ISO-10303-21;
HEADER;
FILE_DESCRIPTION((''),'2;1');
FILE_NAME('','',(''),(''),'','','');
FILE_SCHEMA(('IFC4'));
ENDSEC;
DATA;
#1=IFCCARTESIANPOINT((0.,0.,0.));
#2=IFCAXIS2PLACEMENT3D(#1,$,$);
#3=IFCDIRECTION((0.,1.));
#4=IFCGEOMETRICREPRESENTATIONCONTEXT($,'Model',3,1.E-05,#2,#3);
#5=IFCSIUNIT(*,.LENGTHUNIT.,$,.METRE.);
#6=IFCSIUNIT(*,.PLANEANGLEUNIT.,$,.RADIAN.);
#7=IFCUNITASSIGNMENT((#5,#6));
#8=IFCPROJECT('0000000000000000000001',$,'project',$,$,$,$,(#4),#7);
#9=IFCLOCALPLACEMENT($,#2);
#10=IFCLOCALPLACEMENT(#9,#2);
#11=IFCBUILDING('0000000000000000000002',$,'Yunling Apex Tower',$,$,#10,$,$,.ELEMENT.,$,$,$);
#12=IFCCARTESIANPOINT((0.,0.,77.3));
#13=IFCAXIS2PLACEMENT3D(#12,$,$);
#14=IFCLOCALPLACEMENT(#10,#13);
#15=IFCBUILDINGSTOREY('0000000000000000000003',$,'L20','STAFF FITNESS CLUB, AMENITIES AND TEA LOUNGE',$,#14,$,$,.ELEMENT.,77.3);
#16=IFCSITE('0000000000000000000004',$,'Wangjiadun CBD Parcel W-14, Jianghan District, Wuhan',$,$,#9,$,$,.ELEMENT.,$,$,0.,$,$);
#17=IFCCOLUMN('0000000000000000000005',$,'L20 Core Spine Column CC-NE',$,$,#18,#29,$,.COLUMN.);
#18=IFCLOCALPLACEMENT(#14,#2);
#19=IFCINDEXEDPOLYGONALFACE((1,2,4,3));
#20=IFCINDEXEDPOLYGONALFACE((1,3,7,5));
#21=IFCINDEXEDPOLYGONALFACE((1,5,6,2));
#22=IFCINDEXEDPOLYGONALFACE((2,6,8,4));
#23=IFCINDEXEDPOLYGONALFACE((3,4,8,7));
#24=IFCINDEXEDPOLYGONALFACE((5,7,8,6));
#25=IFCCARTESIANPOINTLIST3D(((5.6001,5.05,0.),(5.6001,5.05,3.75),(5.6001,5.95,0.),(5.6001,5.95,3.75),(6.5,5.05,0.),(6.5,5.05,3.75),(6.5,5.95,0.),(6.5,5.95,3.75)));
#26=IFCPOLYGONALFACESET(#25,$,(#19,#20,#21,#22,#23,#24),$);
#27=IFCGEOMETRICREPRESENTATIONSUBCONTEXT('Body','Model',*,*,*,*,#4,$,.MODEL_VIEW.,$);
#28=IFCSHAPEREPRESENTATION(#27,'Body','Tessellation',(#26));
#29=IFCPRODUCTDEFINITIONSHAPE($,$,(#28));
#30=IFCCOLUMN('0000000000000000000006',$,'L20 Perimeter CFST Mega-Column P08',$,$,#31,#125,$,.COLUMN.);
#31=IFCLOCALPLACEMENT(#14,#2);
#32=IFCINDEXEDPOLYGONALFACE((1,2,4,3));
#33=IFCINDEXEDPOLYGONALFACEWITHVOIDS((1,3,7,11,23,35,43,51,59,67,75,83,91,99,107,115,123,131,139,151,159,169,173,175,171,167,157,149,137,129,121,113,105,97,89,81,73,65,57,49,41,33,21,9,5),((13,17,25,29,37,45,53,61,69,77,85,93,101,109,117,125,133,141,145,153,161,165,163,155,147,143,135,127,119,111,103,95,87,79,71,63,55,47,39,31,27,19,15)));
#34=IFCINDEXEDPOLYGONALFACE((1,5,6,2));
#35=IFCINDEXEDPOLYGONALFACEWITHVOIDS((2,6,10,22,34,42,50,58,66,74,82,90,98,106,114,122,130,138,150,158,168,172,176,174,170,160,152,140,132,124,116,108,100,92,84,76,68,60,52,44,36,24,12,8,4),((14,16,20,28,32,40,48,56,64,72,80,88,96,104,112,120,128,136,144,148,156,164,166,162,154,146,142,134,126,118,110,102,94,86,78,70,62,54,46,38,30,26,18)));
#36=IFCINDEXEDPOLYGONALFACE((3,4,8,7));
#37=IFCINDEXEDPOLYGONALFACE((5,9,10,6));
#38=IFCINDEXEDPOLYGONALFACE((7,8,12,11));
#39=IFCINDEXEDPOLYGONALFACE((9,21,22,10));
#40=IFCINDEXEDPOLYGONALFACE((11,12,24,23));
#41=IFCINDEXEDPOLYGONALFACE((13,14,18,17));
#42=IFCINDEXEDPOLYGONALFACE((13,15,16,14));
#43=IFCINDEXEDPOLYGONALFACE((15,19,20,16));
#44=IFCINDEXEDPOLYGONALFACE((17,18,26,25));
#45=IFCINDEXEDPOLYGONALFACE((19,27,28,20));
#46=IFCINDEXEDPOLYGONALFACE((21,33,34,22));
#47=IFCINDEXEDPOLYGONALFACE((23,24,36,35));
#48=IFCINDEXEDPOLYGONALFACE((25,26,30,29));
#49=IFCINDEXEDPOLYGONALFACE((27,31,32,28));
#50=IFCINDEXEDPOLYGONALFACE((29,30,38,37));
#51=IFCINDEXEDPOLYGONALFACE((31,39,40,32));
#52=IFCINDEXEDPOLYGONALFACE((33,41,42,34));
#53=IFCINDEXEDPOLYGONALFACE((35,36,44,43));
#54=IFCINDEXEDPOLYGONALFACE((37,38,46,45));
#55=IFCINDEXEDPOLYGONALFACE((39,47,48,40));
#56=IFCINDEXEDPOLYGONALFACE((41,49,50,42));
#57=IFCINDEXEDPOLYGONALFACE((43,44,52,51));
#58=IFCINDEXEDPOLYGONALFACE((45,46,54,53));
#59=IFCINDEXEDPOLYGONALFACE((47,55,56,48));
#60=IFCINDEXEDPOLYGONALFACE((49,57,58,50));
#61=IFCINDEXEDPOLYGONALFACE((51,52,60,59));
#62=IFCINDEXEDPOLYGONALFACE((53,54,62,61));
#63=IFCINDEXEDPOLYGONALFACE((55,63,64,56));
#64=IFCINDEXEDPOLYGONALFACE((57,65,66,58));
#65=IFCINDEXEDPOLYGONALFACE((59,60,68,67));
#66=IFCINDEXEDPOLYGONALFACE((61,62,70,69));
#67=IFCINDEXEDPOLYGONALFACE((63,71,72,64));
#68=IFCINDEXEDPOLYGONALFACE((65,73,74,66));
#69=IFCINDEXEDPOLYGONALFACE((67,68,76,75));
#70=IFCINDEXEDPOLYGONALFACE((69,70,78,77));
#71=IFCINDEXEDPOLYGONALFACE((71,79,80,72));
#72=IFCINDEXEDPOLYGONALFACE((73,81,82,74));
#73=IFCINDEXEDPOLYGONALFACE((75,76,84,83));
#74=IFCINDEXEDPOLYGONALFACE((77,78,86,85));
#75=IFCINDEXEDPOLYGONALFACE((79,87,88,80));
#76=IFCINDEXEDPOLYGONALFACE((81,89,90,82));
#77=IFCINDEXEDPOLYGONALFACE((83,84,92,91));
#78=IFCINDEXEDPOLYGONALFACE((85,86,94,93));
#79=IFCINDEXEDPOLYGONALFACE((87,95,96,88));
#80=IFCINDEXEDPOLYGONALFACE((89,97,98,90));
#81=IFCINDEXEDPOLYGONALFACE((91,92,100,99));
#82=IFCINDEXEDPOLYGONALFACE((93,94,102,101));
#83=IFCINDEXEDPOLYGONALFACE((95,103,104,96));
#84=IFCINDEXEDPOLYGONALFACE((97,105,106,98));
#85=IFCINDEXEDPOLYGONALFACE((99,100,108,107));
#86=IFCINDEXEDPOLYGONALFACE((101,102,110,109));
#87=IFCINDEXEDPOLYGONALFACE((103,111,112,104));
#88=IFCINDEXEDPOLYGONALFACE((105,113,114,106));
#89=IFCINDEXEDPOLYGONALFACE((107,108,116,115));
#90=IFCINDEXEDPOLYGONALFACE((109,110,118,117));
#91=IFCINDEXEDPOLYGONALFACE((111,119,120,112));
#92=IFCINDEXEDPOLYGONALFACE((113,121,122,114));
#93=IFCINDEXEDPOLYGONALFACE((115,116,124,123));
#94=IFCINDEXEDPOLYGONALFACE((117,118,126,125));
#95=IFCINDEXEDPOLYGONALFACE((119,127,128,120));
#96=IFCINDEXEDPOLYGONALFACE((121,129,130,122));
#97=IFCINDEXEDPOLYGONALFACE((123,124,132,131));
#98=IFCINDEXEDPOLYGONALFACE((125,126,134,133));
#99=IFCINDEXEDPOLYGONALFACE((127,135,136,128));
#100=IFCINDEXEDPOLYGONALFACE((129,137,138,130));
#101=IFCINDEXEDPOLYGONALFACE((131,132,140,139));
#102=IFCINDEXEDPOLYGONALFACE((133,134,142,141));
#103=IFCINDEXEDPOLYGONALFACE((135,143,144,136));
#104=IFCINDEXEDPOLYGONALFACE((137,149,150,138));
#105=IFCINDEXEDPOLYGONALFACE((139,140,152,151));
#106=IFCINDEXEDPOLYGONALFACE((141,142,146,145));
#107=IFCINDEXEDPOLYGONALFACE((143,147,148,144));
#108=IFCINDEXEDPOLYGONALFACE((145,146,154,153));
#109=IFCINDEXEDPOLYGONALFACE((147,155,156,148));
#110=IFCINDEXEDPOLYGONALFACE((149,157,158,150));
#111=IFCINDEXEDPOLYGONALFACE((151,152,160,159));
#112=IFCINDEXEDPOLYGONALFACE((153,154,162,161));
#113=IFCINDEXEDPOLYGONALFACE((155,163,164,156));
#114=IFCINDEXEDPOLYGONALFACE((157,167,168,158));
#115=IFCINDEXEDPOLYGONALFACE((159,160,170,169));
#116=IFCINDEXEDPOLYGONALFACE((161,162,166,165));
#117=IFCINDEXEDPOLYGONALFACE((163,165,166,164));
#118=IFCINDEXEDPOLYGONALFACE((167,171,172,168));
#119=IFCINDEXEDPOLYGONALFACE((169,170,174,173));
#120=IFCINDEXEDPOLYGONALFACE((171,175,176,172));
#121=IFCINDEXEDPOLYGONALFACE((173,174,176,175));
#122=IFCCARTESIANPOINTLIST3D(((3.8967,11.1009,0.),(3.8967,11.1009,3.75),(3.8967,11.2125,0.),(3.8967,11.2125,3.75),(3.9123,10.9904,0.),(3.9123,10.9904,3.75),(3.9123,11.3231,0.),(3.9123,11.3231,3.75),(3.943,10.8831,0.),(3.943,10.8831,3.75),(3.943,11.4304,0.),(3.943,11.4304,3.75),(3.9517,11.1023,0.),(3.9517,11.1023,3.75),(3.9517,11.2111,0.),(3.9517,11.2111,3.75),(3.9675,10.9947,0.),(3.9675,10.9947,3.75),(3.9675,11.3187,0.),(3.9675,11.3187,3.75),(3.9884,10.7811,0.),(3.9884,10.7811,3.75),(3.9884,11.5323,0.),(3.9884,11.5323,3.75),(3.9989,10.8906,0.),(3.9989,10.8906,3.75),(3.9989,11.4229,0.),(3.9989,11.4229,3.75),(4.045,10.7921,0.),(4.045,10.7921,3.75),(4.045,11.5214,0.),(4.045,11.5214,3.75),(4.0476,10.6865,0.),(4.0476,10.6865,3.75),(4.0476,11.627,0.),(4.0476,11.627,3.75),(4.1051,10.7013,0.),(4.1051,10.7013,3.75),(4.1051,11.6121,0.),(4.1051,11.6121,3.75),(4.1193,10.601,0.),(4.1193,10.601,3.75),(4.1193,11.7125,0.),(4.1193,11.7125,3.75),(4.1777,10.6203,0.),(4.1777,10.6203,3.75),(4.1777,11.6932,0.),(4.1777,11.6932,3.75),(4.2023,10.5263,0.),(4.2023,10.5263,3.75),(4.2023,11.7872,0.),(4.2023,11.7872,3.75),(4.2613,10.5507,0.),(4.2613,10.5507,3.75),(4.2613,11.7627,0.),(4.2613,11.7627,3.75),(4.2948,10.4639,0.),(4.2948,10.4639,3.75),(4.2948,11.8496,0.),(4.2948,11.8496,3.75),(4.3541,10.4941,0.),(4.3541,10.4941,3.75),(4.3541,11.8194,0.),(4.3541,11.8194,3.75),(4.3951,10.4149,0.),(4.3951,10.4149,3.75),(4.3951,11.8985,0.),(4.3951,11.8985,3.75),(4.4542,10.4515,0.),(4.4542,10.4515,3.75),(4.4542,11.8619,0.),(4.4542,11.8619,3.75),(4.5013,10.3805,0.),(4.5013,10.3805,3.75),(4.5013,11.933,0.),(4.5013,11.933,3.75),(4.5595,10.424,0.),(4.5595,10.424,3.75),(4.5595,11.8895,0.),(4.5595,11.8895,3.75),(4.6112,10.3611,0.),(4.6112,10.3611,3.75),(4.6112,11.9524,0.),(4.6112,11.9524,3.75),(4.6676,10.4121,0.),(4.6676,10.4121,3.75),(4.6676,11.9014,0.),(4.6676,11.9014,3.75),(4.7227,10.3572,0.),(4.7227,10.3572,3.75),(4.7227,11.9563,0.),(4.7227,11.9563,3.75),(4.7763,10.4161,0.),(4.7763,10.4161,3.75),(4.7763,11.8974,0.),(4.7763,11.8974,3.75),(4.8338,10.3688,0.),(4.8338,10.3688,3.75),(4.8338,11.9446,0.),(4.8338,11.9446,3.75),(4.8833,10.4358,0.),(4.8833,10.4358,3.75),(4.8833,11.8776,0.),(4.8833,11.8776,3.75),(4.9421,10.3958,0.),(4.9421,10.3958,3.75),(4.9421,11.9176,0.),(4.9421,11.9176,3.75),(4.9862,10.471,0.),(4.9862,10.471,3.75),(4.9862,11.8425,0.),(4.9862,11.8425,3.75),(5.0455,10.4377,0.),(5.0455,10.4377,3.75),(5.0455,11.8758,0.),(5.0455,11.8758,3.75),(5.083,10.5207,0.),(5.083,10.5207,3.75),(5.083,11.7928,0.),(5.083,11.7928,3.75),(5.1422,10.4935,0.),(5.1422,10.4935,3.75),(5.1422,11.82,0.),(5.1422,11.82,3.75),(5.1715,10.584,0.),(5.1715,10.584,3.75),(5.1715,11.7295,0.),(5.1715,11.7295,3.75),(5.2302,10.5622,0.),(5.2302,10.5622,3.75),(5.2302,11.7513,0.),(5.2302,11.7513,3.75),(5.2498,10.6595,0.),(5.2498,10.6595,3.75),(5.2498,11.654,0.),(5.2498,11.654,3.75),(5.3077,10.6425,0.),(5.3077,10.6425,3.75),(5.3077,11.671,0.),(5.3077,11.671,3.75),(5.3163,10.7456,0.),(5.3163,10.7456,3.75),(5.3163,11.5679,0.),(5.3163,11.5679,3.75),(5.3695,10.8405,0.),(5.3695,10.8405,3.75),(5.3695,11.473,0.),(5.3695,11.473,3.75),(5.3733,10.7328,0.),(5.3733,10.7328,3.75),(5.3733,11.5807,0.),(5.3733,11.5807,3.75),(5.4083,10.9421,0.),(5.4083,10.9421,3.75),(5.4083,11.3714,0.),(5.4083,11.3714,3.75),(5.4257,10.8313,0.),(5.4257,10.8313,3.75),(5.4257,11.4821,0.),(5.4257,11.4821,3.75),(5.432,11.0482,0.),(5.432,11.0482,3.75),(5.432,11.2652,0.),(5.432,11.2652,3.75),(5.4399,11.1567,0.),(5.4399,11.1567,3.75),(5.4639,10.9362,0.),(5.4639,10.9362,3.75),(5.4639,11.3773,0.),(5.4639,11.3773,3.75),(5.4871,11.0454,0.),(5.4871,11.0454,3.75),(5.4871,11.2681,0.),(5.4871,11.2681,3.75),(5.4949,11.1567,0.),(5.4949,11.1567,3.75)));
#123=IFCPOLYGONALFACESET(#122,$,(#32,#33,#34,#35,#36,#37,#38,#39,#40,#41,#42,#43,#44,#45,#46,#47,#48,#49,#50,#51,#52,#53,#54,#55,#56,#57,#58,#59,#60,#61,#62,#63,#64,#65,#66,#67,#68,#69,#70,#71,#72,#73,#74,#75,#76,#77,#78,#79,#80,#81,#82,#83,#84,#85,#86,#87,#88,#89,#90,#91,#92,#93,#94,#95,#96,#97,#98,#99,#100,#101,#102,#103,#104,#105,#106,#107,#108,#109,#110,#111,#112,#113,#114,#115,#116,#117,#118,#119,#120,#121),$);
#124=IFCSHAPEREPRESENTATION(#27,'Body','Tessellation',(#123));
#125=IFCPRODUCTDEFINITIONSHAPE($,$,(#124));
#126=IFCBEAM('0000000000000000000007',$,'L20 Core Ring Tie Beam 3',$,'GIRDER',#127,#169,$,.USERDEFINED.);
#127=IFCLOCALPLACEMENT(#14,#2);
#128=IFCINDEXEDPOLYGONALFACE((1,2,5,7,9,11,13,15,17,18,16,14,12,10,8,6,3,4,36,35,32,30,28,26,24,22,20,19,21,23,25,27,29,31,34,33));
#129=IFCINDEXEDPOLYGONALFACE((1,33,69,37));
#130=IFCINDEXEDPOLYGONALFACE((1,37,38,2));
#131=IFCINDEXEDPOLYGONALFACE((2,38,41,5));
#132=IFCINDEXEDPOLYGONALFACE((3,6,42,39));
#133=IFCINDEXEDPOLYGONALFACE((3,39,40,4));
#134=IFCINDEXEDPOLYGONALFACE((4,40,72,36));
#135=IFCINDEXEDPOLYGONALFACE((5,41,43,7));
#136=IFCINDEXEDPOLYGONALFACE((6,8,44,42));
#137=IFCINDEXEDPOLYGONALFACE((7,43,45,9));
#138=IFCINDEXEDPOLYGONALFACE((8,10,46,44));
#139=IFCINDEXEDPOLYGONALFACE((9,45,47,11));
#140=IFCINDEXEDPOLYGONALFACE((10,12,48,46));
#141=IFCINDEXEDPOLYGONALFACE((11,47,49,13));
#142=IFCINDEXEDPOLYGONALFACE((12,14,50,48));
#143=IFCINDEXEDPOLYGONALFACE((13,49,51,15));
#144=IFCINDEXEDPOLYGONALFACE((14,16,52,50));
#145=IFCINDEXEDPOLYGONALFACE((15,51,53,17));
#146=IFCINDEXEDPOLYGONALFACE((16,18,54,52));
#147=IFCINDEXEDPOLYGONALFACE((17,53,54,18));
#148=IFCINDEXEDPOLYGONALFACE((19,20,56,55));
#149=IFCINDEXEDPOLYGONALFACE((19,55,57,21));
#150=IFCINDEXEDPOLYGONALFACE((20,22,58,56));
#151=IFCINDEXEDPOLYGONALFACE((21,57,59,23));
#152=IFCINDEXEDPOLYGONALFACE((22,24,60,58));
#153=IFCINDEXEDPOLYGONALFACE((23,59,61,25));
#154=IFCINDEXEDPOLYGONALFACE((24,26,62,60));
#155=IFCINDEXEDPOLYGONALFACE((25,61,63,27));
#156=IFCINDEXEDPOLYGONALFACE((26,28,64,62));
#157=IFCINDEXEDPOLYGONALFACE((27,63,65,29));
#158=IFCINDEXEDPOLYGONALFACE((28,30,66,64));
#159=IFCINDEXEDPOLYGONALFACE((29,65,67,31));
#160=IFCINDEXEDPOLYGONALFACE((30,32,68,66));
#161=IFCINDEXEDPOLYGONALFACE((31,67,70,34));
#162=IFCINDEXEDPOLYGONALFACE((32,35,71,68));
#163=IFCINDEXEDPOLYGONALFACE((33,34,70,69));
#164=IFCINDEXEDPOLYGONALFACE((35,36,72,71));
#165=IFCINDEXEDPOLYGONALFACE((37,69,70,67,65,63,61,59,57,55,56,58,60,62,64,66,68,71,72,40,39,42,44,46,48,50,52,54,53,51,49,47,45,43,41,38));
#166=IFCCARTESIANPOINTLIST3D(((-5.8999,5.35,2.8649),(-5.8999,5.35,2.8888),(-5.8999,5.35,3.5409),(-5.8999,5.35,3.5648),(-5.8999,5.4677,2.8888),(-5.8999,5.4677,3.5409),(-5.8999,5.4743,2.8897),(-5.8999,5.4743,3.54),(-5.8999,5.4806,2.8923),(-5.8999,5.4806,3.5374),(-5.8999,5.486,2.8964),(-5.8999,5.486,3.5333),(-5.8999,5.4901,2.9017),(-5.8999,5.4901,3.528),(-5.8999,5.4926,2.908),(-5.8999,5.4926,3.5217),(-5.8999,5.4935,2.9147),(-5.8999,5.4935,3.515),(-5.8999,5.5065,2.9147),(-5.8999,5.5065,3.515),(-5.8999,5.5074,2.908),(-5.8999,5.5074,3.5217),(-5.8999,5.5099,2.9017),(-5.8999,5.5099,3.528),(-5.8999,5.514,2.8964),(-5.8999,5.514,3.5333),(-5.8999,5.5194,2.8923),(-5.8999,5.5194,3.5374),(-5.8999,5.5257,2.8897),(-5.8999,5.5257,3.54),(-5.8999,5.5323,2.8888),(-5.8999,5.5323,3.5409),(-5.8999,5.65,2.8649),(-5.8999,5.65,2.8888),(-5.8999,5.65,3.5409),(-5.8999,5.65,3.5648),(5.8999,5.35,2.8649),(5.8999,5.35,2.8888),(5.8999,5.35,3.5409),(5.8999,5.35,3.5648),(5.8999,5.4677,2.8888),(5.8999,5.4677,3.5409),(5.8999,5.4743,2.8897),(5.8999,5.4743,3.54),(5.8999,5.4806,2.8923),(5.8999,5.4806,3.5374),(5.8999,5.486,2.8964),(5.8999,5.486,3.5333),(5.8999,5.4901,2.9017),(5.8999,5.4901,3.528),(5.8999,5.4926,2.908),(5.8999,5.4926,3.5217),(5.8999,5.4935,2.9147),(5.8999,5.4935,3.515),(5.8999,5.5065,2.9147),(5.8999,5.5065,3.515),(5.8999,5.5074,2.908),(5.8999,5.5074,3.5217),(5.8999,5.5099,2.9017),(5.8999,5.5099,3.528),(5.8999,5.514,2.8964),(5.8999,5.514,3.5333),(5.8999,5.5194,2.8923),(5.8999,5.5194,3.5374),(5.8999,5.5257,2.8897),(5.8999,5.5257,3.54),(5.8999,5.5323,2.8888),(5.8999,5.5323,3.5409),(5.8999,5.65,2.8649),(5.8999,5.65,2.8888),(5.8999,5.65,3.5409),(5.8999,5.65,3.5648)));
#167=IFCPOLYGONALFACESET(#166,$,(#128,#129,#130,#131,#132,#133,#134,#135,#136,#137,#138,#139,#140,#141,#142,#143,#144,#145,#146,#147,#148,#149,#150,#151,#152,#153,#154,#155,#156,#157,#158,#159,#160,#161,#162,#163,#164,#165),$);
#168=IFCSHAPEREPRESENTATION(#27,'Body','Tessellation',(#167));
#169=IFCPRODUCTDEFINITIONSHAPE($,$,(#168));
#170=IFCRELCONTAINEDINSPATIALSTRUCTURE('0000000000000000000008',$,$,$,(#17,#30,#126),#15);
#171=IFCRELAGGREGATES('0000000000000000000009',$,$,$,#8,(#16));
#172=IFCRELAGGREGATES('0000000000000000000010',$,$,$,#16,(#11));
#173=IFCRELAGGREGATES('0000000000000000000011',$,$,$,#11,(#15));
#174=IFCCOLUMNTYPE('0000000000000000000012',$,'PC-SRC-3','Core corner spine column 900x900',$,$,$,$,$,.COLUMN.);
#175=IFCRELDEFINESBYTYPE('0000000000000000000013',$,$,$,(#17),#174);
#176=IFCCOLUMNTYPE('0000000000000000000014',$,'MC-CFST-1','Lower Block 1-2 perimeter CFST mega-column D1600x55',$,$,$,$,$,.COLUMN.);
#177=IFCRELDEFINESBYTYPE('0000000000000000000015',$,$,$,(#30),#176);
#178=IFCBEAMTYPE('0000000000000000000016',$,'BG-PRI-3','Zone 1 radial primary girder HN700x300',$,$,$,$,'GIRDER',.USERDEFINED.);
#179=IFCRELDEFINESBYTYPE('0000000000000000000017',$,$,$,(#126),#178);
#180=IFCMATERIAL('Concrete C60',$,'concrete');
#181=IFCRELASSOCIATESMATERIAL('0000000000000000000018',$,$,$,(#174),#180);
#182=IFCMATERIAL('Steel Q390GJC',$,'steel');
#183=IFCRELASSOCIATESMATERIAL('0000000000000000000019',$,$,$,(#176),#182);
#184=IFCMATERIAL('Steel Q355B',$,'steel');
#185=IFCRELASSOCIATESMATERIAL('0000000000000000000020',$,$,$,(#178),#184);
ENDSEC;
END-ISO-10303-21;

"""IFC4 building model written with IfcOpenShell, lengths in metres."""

from ifc_helpers import new_model, si_unit, direction, frame, origin, origin_2d, place, context, subcontext, project, spatial, rectangle, hollow_circle, i_section, extrude, source, transform, mapped, material, material_profile, profile_set, type_object, element, save


model = new_model("IFC4")

# Units and contexts
model_context = context("Model", 3, precision=1e-05, world=origin(), true_north=direction((0.0, 1.0)))
body_context = subcontext(model_context, "Body", "Model", "MODEL_VIEW")
ifc_project = project(units=[si_unit("LENGTHUNIT", "METRE"), si_unit("PLANEANGLEUNIT", "RADIAN")], contexts=[model_context])

# Site, building, storey
site_placement = place(None, origin())
site = spatial("IfcSite", under=ifc_project, at=site_placement, Name="Wangjiadun CBD Parcel W-14, Jianghan District, Wuhan", CompositionType="ELEMENT", RefElevation=0.0)
building_placement = place(site_placement, origin())
building = spatial("IfcBuilding", under=site, at=building_placement, Name="Yunling Apex Tower", CompositionType="ELEMENT")
storey_placement = place(building_placement, frame((0.0, 0.0, 77.3)))
storey = spatial("IfcBuildingStorey", under=building, at=storey_placement, Name="L20", Description="STAFF FITNESS CLUB, AMENITIES AND TEA LOUNGE", CompositionType="ELEMENT", Elevation=77.3)

# Columns
ifc_material_1 = material(Name="Concrete C60", Category="concrete")
ifc_material_profile_1 = material_profile(ifc_material_1, rectangle(XDim=0.8999, YDim=0.8999, at=origin_2d()))
ifc_profile_set_1 = profile_set([ifc_material_profile_1], Name="Concrete C60")
column_type_1 = type_object("IfcColumnType", Name="PC-SRC-3", Description="Core corner spine column 900x900", PredefinedType="COLUMN", material=ifc_profile_set_1)
shared_shape_1 = source(origin(), body_context, "Body", "SweptSolid", [
    extrude(rectangle(XDim=0.8999, YDim=0.8999, at=origin_2d()), origin(), (0.0, 0.0, 1.0), 3.75),
])
column_1_placement = place(storey_placement, frame((6.05, 5.5, 0.0), z_axis=(0.0, 0.0, 1.0), x_axis=(1.0, 0.0, 0.0)))
element("IfcColumn", 1, at=column_1_placement, inside=storey, type_object=column_type_1, Name="L20 Core Spine Column CC-NE", PredefinedType="COLUMN", context=body_context, shape_type="MappedRepresentation", body=[
    mapped(shared_shape_1, transform((0.0, 0.0, 0.0), scale=1.0)),
])
ifc_material_2 = material(Name="Steel Q390GJC", Category="steel")
ifc_material_profile_2 = material_profile(ifc_material_2, hollow_circle(Radius=0.8, WallThickness=0.0549, at=origin_2d()))
ifc_profile_set_2 = profile_set([ifc_material_profile_2], Name="Steel Q390GJC")
column_type_2 = type_object("IfcColumnType", Name="MC-CFST-1", Description="Lower Block 1-2 perimeter CFST mega-column D1600x55", PredefinedType="COLUMN", material=ifc_profile_set_2)
shared_shape_2 = source(origin(), body_context, "Body", "SweptSolid", [
    extrude(hollow_circle(Radius=0.8, WallThickness=0.0549, at=origin_2d()), origin(), (0.0, 0.0, 1.0), 3.75),
])
column_2_placement = place(storey_placement, frame((4.6948, 11.1567, 0.0), z_axis=(0.0, 0.0, 1.0), x_axis=(1.0, 0.0, 0.0)))
element("IfcColumn", 2, at=column_2_placement, inside=storey, type_object=column_type_2, Name="L20 Perimeter CFST Mega-Column P08", PredefinedType="COLUMN", context=body_context, shape_type="MappedRepresentation", body=[
    mapped(shared_shape_2, transform((0.0, 0.0, 0.0), scale=1.0)),
])

# Beam
ifc_material_3 = material(Name="Steel Q355B", Category="steel")
ifc_material_profile_3 = material_profile(ifc_material_3, i_section(OverallWidth=0.3, OverallDepth=0.7, WebThickness=0.0129, FlangeThickness=0.0239, FilletRadius=0.0259, at=origin_2d()))
ifc_profile_set_3 = profile_set([ifc_material_profile_3], Name="Steel Q355B")
beam_type_1 = type_object("IfcBeamType", Name="BG-PRI-3", Description="Zone 1 radial primary girder HN700x300", ElementType="GIRDER", PredefinedType="USERDEFINED", material=ifc_profile_set_3)
shared_shape_3 = source(origin(), body_context, "Body", "SweptSolid", [
    extrude(i_section(OverallWidth=0.3, OverallDepth=0.7, WebThickness=0.0129, FlangeThickness=0.0239, FilletRadius=0.0259, at=origin_2d()), origin(), (0.0, 0.0, 1.0), 11.7998),
])
beam_1_placement = place(storey_placement, frame((5.8999, 5.5, 3.2148), z_axis=(-1.0, 0.0, 0.0), x_axis=(0.0, -1.0, 0.0)))
element("IfcBeam", 3, at=beam_1_placement, inside=storey, type_object=beam_type_1, Name="L20 Core Ring Tie Beam 3", ObjectType="GIRDER", PredefinedType="USERDEFINED", context=body_context, shape_type="MappedRepresentation", body=[
    mapped(shared_shape_3, transform((0.0, 0.0, 0.0), scale=1.0)),
])

save(model, "model.ifc")
